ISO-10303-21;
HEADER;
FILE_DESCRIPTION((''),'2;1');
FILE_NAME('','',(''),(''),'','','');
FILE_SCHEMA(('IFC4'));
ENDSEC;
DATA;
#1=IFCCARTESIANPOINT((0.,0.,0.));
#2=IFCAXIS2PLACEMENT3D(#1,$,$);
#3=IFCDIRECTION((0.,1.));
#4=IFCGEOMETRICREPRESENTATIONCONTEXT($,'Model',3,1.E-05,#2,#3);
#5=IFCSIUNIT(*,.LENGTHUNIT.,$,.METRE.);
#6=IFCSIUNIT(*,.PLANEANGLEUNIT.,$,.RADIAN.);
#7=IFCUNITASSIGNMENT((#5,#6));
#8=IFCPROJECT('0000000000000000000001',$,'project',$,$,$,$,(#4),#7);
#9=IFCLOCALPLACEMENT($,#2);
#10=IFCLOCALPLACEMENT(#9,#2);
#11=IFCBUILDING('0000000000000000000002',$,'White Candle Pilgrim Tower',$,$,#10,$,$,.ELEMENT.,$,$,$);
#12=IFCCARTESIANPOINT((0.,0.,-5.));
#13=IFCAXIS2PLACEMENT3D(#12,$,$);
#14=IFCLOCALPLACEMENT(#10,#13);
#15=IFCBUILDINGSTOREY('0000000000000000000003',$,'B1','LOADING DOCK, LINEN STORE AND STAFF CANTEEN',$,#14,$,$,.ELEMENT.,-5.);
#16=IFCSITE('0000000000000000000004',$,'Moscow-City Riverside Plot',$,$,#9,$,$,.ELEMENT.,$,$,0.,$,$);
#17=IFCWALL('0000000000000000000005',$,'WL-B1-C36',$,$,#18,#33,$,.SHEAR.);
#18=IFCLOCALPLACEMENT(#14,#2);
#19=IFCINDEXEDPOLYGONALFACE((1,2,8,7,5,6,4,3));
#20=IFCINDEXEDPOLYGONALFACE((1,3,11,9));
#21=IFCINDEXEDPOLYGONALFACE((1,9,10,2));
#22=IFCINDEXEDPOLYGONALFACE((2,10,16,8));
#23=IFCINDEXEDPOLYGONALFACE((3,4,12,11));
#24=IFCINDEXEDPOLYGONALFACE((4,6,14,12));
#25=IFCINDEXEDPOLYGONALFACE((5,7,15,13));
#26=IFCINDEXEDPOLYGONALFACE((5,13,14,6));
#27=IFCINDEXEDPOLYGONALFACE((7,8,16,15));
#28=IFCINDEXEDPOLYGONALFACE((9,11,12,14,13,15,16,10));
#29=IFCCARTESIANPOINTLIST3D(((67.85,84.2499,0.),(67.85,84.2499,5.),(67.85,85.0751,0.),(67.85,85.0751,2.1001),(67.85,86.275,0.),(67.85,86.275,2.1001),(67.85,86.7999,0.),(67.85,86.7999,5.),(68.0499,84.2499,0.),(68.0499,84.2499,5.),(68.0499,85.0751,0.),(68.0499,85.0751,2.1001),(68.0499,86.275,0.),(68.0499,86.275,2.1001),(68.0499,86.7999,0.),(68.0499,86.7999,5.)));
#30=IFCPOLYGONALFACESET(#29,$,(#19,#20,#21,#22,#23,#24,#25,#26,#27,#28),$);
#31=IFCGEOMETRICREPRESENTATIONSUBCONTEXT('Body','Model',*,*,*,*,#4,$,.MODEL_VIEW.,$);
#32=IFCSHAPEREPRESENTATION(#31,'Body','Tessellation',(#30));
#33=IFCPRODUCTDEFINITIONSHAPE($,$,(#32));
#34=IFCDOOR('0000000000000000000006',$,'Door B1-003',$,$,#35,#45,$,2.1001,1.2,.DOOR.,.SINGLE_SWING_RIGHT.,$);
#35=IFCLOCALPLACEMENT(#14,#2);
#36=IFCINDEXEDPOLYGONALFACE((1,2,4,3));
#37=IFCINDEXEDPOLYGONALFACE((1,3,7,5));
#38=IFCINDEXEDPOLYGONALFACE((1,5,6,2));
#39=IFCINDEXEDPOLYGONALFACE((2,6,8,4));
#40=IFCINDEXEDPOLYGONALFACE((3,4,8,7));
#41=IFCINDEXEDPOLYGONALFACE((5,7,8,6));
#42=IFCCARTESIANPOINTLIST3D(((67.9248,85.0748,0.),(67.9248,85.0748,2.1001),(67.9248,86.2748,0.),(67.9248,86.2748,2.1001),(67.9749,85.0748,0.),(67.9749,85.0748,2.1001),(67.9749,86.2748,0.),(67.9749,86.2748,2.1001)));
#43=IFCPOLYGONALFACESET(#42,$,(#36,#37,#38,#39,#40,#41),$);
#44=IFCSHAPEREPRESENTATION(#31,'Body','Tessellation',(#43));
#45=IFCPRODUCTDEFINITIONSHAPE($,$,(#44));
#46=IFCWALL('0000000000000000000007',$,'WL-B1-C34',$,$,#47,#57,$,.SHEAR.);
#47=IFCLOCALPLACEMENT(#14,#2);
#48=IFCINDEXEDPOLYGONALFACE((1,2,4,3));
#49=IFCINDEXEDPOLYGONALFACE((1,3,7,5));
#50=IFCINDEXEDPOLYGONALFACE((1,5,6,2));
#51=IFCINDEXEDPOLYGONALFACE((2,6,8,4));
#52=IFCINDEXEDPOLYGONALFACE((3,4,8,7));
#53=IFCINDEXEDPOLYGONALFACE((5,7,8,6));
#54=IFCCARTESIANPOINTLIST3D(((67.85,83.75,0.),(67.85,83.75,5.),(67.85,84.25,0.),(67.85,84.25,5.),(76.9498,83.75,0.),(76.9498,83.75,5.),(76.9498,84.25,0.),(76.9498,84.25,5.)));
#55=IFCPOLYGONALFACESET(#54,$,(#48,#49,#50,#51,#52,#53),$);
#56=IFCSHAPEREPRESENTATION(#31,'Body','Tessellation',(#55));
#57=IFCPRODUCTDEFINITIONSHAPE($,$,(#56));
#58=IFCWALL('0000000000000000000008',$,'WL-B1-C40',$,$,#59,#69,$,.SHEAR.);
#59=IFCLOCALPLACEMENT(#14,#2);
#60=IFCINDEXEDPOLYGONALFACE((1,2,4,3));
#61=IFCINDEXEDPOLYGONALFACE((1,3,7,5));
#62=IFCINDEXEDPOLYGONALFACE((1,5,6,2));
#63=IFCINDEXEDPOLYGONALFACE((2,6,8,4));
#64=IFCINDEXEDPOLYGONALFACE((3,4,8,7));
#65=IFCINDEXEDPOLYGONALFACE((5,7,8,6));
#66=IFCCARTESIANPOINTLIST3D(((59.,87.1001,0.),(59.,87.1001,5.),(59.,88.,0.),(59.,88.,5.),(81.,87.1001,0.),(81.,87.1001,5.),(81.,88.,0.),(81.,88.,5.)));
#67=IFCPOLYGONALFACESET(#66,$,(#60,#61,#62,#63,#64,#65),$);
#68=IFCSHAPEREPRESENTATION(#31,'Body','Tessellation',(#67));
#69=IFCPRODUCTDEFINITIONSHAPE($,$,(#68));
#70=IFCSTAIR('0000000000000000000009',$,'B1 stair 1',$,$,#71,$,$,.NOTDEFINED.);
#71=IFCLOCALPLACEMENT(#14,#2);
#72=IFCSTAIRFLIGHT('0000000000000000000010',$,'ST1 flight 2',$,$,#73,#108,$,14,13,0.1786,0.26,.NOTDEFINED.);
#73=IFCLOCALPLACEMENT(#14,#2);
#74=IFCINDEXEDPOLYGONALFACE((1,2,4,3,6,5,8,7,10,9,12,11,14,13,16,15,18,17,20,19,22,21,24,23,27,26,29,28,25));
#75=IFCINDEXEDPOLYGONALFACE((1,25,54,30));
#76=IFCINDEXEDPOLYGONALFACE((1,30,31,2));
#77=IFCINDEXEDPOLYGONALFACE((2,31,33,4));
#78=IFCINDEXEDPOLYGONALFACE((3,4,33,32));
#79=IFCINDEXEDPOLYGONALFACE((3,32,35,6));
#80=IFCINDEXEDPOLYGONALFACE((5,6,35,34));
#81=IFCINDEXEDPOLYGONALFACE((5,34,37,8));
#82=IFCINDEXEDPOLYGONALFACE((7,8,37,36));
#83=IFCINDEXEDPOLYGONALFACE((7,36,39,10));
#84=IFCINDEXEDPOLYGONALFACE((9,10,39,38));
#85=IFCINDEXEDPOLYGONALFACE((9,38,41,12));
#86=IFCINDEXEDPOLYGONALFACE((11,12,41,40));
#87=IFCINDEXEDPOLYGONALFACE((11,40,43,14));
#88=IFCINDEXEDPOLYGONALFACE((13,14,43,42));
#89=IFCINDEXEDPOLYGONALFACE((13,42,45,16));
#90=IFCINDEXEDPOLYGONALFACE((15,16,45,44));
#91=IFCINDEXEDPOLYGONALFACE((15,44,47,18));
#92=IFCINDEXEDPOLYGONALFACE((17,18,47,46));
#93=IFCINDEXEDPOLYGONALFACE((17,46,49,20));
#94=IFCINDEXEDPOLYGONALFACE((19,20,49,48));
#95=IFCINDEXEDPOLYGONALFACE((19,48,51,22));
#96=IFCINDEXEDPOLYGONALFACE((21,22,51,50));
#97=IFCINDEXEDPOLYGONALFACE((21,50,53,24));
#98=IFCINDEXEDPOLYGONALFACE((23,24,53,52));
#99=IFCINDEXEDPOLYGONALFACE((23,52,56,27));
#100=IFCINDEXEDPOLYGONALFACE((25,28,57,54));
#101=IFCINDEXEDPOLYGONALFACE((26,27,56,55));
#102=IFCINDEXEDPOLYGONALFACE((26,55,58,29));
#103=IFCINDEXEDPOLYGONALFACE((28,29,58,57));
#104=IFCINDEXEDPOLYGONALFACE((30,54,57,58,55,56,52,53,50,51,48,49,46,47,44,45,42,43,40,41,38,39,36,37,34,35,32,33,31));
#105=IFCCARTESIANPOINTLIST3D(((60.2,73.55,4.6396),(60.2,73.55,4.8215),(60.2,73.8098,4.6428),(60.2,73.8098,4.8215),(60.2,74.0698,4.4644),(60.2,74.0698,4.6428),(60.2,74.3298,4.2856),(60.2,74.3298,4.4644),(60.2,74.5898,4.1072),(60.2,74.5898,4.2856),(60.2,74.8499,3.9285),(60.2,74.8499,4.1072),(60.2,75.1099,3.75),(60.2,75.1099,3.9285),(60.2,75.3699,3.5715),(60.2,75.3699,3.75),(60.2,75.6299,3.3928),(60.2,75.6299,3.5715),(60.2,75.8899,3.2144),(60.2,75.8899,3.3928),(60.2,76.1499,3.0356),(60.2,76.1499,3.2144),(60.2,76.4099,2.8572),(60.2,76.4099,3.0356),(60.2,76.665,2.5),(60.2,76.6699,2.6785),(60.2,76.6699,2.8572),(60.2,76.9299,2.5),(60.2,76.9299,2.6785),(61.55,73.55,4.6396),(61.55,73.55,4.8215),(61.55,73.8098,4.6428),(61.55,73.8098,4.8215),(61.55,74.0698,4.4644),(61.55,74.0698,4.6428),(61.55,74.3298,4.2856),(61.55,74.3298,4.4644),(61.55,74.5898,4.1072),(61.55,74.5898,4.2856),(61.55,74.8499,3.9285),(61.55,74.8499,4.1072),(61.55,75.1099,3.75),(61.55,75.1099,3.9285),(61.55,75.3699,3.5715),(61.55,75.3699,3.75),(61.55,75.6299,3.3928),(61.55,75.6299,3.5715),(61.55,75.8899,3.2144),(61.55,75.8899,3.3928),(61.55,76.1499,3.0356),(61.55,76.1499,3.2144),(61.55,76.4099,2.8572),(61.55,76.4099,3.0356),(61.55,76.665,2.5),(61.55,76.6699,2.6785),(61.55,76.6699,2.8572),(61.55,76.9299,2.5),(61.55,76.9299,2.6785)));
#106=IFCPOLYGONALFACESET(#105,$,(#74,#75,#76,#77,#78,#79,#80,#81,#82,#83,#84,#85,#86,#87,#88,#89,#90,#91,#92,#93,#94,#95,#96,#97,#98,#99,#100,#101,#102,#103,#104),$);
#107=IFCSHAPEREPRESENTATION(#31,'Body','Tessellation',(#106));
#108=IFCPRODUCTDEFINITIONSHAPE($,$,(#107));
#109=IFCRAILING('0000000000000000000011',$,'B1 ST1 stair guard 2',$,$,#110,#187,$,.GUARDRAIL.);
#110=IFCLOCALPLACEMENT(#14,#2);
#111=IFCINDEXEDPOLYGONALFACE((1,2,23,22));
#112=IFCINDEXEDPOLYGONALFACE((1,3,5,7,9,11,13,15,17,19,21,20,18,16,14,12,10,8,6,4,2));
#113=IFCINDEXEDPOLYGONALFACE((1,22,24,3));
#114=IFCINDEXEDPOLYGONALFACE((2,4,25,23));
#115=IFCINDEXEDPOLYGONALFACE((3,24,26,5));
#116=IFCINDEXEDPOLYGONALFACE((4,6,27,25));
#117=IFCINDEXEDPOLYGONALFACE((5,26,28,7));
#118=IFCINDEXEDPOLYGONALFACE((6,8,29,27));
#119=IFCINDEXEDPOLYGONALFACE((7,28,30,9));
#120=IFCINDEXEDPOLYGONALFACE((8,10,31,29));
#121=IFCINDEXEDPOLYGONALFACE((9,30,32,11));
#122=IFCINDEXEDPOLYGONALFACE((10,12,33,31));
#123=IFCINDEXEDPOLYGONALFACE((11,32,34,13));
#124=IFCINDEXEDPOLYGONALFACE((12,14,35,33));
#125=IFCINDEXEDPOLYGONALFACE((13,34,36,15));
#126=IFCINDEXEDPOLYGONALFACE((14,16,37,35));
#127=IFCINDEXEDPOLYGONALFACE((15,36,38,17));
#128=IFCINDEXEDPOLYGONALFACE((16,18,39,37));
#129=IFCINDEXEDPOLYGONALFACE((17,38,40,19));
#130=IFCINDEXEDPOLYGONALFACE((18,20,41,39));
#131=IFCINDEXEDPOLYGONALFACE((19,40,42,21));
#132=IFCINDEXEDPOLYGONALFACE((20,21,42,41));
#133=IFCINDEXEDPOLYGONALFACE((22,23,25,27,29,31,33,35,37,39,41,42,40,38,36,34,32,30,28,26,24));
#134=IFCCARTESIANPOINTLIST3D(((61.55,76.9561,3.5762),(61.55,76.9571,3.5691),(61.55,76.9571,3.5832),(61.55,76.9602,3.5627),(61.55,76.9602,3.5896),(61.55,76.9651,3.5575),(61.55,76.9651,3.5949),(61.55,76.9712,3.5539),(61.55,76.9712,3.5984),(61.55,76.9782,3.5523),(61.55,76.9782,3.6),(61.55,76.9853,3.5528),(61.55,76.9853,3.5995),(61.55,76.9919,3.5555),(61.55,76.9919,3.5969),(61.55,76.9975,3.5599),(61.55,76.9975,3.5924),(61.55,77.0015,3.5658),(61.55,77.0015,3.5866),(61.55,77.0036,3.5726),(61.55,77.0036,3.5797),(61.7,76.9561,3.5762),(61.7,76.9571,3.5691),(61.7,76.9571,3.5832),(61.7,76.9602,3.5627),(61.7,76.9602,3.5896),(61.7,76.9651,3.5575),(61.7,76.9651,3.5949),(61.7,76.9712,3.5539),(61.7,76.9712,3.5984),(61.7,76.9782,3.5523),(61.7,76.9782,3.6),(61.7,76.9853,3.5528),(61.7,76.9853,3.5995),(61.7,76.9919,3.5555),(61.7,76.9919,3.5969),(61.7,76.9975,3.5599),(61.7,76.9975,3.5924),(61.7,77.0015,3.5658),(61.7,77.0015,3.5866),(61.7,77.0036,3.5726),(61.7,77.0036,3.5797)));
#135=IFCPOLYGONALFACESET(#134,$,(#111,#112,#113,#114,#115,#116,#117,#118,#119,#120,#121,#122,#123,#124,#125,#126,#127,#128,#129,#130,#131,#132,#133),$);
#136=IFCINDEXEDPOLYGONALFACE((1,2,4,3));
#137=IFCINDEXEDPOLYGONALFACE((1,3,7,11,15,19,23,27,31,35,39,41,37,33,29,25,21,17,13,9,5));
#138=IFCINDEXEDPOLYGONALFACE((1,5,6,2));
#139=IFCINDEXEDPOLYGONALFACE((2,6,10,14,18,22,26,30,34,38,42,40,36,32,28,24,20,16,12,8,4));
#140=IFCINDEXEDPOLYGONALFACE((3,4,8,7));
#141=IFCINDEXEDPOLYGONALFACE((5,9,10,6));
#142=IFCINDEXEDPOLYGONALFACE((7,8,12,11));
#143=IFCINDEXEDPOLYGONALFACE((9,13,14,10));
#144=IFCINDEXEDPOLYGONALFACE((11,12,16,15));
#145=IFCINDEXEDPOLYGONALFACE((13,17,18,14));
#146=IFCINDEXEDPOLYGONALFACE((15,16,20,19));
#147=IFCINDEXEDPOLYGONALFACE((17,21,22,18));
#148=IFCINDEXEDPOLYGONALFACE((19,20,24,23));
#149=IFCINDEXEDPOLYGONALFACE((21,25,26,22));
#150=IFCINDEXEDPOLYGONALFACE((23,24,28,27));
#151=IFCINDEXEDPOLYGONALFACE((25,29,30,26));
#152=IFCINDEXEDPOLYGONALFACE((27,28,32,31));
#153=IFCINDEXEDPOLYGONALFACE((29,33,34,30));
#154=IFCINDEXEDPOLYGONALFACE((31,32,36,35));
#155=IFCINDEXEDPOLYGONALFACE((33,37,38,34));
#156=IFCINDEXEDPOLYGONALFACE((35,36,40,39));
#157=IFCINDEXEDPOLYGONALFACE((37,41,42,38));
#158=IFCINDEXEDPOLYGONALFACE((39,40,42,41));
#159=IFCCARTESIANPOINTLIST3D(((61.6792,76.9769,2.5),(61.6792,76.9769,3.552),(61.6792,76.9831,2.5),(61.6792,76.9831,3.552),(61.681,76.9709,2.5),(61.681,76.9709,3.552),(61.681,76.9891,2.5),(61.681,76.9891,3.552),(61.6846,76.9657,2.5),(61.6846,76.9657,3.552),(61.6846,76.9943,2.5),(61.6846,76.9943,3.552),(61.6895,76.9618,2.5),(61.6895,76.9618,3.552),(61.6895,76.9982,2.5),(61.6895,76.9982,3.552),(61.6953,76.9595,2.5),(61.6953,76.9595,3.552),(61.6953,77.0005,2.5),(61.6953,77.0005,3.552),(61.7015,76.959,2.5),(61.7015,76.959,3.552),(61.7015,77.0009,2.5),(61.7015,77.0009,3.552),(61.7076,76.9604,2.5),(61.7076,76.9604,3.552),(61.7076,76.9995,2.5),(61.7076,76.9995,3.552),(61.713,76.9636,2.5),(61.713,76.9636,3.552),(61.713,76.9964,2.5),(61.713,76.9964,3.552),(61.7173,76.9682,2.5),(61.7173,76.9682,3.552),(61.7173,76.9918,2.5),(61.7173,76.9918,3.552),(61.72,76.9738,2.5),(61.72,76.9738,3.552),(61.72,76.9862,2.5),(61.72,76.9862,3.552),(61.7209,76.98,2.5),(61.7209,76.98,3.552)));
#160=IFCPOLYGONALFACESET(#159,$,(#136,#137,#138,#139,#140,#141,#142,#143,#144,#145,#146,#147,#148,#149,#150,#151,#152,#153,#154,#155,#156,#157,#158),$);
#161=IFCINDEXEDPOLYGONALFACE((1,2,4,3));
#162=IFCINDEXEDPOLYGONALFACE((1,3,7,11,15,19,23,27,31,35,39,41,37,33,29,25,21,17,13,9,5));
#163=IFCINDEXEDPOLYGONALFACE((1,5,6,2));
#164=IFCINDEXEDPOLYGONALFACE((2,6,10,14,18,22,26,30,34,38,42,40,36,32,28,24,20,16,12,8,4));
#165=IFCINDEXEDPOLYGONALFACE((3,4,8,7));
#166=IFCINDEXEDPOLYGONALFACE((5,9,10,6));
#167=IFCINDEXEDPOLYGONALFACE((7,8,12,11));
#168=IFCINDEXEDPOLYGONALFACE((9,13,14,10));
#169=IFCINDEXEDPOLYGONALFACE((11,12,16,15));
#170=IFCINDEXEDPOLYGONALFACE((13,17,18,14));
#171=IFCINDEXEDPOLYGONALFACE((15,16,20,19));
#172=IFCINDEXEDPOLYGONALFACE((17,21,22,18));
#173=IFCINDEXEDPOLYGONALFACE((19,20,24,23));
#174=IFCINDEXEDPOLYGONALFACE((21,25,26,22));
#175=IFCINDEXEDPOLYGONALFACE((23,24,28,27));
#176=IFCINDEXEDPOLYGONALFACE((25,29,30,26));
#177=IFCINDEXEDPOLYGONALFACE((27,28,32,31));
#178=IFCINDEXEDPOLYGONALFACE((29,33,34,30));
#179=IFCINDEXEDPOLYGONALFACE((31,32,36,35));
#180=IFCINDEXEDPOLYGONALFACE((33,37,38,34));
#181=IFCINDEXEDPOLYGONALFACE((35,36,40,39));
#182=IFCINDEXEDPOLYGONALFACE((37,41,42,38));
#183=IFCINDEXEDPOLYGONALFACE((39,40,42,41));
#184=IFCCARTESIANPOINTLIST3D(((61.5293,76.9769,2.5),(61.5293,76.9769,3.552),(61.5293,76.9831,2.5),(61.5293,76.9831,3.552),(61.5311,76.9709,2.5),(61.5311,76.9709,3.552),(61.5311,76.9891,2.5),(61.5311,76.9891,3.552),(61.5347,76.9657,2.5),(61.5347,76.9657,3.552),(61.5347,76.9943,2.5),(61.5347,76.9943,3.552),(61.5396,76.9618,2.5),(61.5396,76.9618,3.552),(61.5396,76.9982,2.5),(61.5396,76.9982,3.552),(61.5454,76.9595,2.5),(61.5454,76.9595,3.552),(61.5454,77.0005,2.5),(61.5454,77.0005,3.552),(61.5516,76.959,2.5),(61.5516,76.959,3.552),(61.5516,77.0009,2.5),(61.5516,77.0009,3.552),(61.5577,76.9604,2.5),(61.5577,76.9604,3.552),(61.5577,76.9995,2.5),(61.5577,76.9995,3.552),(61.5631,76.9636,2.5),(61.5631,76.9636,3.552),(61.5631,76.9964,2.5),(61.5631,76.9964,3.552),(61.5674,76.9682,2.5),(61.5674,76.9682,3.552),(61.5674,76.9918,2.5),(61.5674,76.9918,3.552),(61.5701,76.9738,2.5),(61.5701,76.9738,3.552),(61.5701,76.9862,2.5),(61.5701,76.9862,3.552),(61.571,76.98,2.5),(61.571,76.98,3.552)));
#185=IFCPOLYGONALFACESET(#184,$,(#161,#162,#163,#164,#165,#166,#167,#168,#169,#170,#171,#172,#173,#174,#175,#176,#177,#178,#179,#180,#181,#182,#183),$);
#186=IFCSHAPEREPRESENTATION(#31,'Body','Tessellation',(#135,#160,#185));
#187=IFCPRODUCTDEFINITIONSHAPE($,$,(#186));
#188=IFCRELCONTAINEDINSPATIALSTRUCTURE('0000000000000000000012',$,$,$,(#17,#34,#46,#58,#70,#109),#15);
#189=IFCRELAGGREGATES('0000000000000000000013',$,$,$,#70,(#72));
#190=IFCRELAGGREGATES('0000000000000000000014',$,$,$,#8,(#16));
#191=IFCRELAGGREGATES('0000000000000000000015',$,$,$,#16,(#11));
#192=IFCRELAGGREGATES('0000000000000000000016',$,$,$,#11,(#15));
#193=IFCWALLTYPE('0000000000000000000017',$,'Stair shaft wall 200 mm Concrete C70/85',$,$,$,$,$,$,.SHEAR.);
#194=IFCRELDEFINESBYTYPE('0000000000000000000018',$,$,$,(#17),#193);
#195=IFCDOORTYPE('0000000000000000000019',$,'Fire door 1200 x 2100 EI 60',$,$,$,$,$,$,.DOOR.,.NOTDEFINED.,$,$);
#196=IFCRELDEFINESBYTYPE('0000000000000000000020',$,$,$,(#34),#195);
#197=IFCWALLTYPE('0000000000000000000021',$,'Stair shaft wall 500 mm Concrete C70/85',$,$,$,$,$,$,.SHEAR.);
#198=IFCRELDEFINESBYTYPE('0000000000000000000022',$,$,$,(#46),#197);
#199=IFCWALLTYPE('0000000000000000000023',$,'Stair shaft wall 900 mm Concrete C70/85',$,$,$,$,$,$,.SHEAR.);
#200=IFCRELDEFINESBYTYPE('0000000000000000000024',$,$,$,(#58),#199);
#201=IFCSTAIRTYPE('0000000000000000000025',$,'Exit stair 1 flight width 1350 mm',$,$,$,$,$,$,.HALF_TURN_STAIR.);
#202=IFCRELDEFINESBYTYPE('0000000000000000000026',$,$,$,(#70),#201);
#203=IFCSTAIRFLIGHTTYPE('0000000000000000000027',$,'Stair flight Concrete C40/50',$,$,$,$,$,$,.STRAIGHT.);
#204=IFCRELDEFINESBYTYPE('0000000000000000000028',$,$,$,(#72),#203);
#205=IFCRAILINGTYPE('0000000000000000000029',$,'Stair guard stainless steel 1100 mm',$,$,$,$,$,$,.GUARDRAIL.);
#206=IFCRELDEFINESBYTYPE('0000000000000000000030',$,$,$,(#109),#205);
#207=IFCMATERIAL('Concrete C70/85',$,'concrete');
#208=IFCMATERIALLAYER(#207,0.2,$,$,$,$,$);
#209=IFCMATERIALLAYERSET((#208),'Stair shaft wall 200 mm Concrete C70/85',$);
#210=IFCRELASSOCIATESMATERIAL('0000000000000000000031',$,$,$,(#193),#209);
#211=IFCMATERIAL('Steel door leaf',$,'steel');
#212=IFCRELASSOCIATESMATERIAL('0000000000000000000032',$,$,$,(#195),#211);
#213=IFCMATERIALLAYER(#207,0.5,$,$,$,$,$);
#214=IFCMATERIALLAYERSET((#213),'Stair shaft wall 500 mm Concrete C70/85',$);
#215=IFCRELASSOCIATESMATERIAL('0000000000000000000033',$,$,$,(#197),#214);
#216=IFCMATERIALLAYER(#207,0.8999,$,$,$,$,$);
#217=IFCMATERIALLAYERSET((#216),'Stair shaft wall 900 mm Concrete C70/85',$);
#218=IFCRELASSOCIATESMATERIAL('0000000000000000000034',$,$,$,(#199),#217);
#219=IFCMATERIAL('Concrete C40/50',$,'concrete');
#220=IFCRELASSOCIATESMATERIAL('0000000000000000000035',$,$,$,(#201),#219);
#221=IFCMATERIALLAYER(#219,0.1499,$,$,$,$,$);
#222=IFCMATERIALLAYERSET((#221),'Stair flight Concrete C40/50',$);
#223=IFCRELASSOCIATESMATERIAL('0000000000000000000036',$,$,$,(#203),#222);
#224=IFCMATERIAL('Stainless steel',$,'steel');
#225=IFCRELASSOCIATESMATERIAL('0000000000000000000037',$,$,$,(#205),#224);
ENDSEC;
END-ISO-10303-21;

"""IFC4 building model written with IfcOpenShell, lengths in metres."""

from ifc_helpers import new_model, si_unit, direction, frame, frame_2d, origin, origin_2d, place, context, subcontext, project, spatial, polyline, rectangle, circle, outline, extrude, material, layer, layer_set, type_object, element, fill, aggregate, save


model = new_model("IFC4")

# Units and contexts
model_context = context("Model", 3, precision=1e-05, world=origin(), true_north=direction((0.0, 1.0)))
body_context = subcontext(model_context, "Body", "Model", "MODEL_VIEW")
ifc_project = project(units=[si_unit("LENGTHUNIT", "METRE"), si_unit("PLANEANGLEUNIT", "RADIAN")], contexts=[model_context])

# Site, building, storey
site_placement = place(None, origin())
site = spatial("IfcSite", under=ifc_project, at=site_placement, Name="Moscow-City Riverside Plot", CompositionType="ELEMENT", RefElevation=0.0)
building_placement = place(site_placement, origin())
building = spatial("IfcBuilding", under=site, at=building_placement, Name="White Candle Pilgrim Tower", CompositionType="ELEMENT")
storey_placement = place(building_placement, frame((0.0, 0.0, -5.0)))
storey = spatial("IfcBuildingStorey", under=building, at=storey_placement, Name="B1", Description="LOADING DOCK, LINEN STORE AND STAFF CANTEEN", CompositionType="ELEMENT", Elevation=-5.0)

# Shared definitions
ifc_material_1 = material(Name="Concrete C70/85", Category="concrete")
ifc_material_2 = material(Name="Steel door leaf", Category="steel")

# Shared definitions
ifc_layer_1 = layer(ifc_material_1, 0.2)
ifc_layer_set_1 = layer_set([ifc_layer_1], Name="Stair shaft wall 200 mm Concrete C70/85")
wall_type_1 = type_object("IfcWallType", Name="Stair shaft wall 200 mm Concrete C70/85", PredefinedType="SHEAR", material=ifc_layer_set_1)

# Wall, opening, door
wall_1_placement = place(storey_placement, frame((67.95, 84.25, 0.0), z_axis=(0.0, 0.0, 1.0), x_axis=(0.0, 1.0, 0.0)))
wall_1 = element("IfcWall", 1, at=wall_1_placement, inside=storey, type_object=wall_type_1, Name="WL-B1-C36", PredefinedType="SHEAR", context=body_context, shape_type="SweptSolid", body=[
    extrude(rectangle(XDim=2.55, YDim=0.2, at=frame_2d((1.2749, 0.0))), origin(), (0.0, 0.0, 1.0), 5.0),
])
opening_1_placement = place(wall_1_placement, frame((0.825, 0.0, 0.0)))
opening_1 = element("IfcOpeningElement", 2, at=opening_1_placement, cuts=wall_1, PredefinedType="OPENING", context=body_context, shape_type="SweptSolid", body=[
    extrude(rectangle(XDim=1.2, YDim=2.1001, at=frame_2d((0.6001, 1.05))), frame((0.0, 0.1099, 0.0), z_axis=(0.0, -1.0, 0.0), x_axis=(1.0, 0.0, 0.0)), (0.0, 0.0, 1.0), 0.22),
])
door_type_1 = type_object("IfcDoorType", Name="Fire door 1200 x 2100 EI 60", OperationType="NOTDEFINED", PredefinedType="DOOR", material=ifc_material_2)
door_1_placement = place(opening_1_placement, frame((1.2, 0.0, 0.0), z_axis=(0.0, 0.0, 1.0), x_axis=(-1.0, 0.0, 0.0)))
door_1 = element("IfcDoor", 3, at=door_1_placement, inside=storey, type_object=door_type_1, Name="Door B1-003", OperationType="SINGLE_SWING_RIGHT", OverallHeight=2.1001, OverallWidth=1.2, PredefinedType="DOOR", context=body_context, shape_type="SweptSolid", body=[
    extrude(rectangle(XDim=1.2, YDim=2.1001, at=frame_2d((0.6001, 1.05))), frame((0.0, 0.0249, 0.0), z_axis=(0.0, -1.0, 0.0), x_axis=(1.0, 0.0, 0.0)), (0.0, 0.0, 1.0), 0.05),
])
fill(opening_1, door_1)

# Walls
ifc_layer_2 = layer(ifc_material_1, 0.5)
ifc_layer_set_2 = layer_set([ifc_layer_2], Name="Stair shaft wall 500 mm Concrete C70/85")
wall_type_2 = type_object("IfcWallType", Name="Stair shaft wall 500 mm Concrete C70/85", PredefinedType="SHEAR", material=ifc_layer_set_2)
wall_2_placement = place(storey_placement, frame((67.8501, 84.0, 0.0), z_axis=(0.0, 0.0, 1.0), x_axis=(1.0, 0.0, 0.0)))
element("IfcWall", 4, at=wall_2_placement, inside=storey, type_object=wall_type_2, Name="WL-B1-C34", PredefinedType="SHEAR", context=body_context, shape_type="SweptSolid", body=[
    extrude(rectangle(XDim=9.0999, YDim=0.5, at=frame_2d((4.5498, 0.0))), origin(), (0.0, 0.0, 1.0), 5.0),
])
ifc_layer_3 = layer(ifc_material_1, 0.8999)
ifc_layer_set_3 = layer_set([ifc_layer_3], Name="Stair shaft wall 900 mm Concrete C70/85")
wall_type_3 = type_object("IfcWallType", Name="Stair shaft wall 900 mm Concrete C70/85", PredefinedType="SHEAR", material=ifc_layer_set_3)
wall_3_placement = place(storey_placement, frame((59.0, 87.55, 0.0), z_axis=(0.0, 0.0, 1.0), x_axis=(1.0, 0.0, 0.0)))
element("IfcWall", 5, at=wall_3_placement, inside=storey, type_object=wall_type_3, Name="WL-B1-C40", PredefinedType="SHEAR", context=body_context, shape_type="SweptSolid", body=[
    extrude(rectangle(XDim=22.0, YDim=0.8999, at=frame_2d((11.0, 0.0))), origin(), (0.0, 0.0, 1.0), 5.0),
])

# Stair, stair flight
ifc_material_3 = material(Name="Concrete C40/50", Category="concrete")
stair_type = type_object("IfcStairType", Name="Exit stair 1 flight width 1350 mm", PredefinedType="HALF_TURN_STAIR", material=ifc_material_3)
stair_placement = place(storey_placement, origin())
stair = element("IfcStair", 6, at=stair_placement, inside=storey, type_object=stair_type, Name="B1 stair 1", PredefinedType="NOTDEFINED")
ifc_layer_4 = layer(ifc_material_3, 0.1499)
ifc_layer_set_4 = layer_set([ifc_layer_4], Name="Stair flight Concrete C40/50")
stair_flight_type = type_object("IfcStairFlightType", Name="Stair flight Concrete C40/50", PredefinedType="STRAIGHT", material=ifc_layer_set_4)
stair_flight_placement = place(storey_placement, frame((60.875, 76.9299, 2.5), z_axis=(0.0, 0.0, 1.0), x_axis=(0.0, -1.0, 0.0)))
stair_flight = element("IfcStairFlight", 7, at=stair_flight_placement, type_object=stair_flight_type, Name="ST1 flight 2", NumberOfRisers=14, NumberOfTreads=13, PredefinedType="NOTDEFINED", RiserHeight=0.1786, TreadLength=0.26, context=body_context, shape_type="SweptSolid", body=[
    extrude(outline(polyline([(0.0, 0.0), (0.0, 0.1785), (0.26, 0.1785), (0.26, 0.3572), (0.52, 0.3572), (0.52, 0.5356), (0.78, 0.5356), (0.78, 0.7144), (1.04, 0.7144), (1.04, 0.8928), (1.3, 0.8928), (1.3, 1.0715), (1.5601, 1.0715), (1.5601, 1.25), (1.8201, 1.25), (1.8201, 1.4285), (2.0801, 1.4285), (2.0801, 1.6072), (2.3401, 1.6072), (2.3401, 1.7856), (2.6001, 1.7856), (2.6001, 1.9644), (2.8601, 1.9644), (2.8601, 2.1428), (3.1201, 2.1428), (3.1201, 2.3215), (3.3799, 2.3215), (3.3799, 2.5), (3.3799, 2.1396), (0.2649, 0.0), (0.0, 0.0)])), frame((0.0, 0.675, 0.0), z_axis=(0.0, -1.0, 0.0), x_axis=(1.0, 0.0, 0.0)), (0.0, 0.0, 1.0), 1.3501),
])
aggregate(stair, [stair_flight])

# Railing
ifc_material_4 = material(Name="Stainless steel", Category="steel")
railing_type_1 = type_object("IfcRailingType", Name="Stair guard stainless steel 1100 mm", PredefinedType="GUARDRAIL", material=ifc_material_4)
railing_1_placement = place(storey_placement, frame((61.7, 76.98, 2.5)))
element("IfcRailing", 8, at=railing_1_placement, inside=storey, type_object=railing_type_1, Name="B1 ST1 stair guard 2", PredefinedType="GUARDRAIL", context=body_context, shape_type="SweptSolid", body=[
    extrude(circle(Radius=0.0239, at=origin_2d()), frame((0.0, 0.0, 1.0762), z_axis=(-1.0, 0.0, 0.0), x_axis=(0.0, -1.0, 0.0)), (0.0, 0.0, 1.0), 0.1499),
    extrude(circle(Radius=0.021, at=origin_2d()), origin(), (0.0, 0.0, 1.0), 1.052),
    extrude(circle(Radius=0.021, at=origin_2d()), frame((-0.1499, 0.0, 0.0)), (0.0, 0.0, 1.0), 1.052),
])

save(model, "model.ifc")
